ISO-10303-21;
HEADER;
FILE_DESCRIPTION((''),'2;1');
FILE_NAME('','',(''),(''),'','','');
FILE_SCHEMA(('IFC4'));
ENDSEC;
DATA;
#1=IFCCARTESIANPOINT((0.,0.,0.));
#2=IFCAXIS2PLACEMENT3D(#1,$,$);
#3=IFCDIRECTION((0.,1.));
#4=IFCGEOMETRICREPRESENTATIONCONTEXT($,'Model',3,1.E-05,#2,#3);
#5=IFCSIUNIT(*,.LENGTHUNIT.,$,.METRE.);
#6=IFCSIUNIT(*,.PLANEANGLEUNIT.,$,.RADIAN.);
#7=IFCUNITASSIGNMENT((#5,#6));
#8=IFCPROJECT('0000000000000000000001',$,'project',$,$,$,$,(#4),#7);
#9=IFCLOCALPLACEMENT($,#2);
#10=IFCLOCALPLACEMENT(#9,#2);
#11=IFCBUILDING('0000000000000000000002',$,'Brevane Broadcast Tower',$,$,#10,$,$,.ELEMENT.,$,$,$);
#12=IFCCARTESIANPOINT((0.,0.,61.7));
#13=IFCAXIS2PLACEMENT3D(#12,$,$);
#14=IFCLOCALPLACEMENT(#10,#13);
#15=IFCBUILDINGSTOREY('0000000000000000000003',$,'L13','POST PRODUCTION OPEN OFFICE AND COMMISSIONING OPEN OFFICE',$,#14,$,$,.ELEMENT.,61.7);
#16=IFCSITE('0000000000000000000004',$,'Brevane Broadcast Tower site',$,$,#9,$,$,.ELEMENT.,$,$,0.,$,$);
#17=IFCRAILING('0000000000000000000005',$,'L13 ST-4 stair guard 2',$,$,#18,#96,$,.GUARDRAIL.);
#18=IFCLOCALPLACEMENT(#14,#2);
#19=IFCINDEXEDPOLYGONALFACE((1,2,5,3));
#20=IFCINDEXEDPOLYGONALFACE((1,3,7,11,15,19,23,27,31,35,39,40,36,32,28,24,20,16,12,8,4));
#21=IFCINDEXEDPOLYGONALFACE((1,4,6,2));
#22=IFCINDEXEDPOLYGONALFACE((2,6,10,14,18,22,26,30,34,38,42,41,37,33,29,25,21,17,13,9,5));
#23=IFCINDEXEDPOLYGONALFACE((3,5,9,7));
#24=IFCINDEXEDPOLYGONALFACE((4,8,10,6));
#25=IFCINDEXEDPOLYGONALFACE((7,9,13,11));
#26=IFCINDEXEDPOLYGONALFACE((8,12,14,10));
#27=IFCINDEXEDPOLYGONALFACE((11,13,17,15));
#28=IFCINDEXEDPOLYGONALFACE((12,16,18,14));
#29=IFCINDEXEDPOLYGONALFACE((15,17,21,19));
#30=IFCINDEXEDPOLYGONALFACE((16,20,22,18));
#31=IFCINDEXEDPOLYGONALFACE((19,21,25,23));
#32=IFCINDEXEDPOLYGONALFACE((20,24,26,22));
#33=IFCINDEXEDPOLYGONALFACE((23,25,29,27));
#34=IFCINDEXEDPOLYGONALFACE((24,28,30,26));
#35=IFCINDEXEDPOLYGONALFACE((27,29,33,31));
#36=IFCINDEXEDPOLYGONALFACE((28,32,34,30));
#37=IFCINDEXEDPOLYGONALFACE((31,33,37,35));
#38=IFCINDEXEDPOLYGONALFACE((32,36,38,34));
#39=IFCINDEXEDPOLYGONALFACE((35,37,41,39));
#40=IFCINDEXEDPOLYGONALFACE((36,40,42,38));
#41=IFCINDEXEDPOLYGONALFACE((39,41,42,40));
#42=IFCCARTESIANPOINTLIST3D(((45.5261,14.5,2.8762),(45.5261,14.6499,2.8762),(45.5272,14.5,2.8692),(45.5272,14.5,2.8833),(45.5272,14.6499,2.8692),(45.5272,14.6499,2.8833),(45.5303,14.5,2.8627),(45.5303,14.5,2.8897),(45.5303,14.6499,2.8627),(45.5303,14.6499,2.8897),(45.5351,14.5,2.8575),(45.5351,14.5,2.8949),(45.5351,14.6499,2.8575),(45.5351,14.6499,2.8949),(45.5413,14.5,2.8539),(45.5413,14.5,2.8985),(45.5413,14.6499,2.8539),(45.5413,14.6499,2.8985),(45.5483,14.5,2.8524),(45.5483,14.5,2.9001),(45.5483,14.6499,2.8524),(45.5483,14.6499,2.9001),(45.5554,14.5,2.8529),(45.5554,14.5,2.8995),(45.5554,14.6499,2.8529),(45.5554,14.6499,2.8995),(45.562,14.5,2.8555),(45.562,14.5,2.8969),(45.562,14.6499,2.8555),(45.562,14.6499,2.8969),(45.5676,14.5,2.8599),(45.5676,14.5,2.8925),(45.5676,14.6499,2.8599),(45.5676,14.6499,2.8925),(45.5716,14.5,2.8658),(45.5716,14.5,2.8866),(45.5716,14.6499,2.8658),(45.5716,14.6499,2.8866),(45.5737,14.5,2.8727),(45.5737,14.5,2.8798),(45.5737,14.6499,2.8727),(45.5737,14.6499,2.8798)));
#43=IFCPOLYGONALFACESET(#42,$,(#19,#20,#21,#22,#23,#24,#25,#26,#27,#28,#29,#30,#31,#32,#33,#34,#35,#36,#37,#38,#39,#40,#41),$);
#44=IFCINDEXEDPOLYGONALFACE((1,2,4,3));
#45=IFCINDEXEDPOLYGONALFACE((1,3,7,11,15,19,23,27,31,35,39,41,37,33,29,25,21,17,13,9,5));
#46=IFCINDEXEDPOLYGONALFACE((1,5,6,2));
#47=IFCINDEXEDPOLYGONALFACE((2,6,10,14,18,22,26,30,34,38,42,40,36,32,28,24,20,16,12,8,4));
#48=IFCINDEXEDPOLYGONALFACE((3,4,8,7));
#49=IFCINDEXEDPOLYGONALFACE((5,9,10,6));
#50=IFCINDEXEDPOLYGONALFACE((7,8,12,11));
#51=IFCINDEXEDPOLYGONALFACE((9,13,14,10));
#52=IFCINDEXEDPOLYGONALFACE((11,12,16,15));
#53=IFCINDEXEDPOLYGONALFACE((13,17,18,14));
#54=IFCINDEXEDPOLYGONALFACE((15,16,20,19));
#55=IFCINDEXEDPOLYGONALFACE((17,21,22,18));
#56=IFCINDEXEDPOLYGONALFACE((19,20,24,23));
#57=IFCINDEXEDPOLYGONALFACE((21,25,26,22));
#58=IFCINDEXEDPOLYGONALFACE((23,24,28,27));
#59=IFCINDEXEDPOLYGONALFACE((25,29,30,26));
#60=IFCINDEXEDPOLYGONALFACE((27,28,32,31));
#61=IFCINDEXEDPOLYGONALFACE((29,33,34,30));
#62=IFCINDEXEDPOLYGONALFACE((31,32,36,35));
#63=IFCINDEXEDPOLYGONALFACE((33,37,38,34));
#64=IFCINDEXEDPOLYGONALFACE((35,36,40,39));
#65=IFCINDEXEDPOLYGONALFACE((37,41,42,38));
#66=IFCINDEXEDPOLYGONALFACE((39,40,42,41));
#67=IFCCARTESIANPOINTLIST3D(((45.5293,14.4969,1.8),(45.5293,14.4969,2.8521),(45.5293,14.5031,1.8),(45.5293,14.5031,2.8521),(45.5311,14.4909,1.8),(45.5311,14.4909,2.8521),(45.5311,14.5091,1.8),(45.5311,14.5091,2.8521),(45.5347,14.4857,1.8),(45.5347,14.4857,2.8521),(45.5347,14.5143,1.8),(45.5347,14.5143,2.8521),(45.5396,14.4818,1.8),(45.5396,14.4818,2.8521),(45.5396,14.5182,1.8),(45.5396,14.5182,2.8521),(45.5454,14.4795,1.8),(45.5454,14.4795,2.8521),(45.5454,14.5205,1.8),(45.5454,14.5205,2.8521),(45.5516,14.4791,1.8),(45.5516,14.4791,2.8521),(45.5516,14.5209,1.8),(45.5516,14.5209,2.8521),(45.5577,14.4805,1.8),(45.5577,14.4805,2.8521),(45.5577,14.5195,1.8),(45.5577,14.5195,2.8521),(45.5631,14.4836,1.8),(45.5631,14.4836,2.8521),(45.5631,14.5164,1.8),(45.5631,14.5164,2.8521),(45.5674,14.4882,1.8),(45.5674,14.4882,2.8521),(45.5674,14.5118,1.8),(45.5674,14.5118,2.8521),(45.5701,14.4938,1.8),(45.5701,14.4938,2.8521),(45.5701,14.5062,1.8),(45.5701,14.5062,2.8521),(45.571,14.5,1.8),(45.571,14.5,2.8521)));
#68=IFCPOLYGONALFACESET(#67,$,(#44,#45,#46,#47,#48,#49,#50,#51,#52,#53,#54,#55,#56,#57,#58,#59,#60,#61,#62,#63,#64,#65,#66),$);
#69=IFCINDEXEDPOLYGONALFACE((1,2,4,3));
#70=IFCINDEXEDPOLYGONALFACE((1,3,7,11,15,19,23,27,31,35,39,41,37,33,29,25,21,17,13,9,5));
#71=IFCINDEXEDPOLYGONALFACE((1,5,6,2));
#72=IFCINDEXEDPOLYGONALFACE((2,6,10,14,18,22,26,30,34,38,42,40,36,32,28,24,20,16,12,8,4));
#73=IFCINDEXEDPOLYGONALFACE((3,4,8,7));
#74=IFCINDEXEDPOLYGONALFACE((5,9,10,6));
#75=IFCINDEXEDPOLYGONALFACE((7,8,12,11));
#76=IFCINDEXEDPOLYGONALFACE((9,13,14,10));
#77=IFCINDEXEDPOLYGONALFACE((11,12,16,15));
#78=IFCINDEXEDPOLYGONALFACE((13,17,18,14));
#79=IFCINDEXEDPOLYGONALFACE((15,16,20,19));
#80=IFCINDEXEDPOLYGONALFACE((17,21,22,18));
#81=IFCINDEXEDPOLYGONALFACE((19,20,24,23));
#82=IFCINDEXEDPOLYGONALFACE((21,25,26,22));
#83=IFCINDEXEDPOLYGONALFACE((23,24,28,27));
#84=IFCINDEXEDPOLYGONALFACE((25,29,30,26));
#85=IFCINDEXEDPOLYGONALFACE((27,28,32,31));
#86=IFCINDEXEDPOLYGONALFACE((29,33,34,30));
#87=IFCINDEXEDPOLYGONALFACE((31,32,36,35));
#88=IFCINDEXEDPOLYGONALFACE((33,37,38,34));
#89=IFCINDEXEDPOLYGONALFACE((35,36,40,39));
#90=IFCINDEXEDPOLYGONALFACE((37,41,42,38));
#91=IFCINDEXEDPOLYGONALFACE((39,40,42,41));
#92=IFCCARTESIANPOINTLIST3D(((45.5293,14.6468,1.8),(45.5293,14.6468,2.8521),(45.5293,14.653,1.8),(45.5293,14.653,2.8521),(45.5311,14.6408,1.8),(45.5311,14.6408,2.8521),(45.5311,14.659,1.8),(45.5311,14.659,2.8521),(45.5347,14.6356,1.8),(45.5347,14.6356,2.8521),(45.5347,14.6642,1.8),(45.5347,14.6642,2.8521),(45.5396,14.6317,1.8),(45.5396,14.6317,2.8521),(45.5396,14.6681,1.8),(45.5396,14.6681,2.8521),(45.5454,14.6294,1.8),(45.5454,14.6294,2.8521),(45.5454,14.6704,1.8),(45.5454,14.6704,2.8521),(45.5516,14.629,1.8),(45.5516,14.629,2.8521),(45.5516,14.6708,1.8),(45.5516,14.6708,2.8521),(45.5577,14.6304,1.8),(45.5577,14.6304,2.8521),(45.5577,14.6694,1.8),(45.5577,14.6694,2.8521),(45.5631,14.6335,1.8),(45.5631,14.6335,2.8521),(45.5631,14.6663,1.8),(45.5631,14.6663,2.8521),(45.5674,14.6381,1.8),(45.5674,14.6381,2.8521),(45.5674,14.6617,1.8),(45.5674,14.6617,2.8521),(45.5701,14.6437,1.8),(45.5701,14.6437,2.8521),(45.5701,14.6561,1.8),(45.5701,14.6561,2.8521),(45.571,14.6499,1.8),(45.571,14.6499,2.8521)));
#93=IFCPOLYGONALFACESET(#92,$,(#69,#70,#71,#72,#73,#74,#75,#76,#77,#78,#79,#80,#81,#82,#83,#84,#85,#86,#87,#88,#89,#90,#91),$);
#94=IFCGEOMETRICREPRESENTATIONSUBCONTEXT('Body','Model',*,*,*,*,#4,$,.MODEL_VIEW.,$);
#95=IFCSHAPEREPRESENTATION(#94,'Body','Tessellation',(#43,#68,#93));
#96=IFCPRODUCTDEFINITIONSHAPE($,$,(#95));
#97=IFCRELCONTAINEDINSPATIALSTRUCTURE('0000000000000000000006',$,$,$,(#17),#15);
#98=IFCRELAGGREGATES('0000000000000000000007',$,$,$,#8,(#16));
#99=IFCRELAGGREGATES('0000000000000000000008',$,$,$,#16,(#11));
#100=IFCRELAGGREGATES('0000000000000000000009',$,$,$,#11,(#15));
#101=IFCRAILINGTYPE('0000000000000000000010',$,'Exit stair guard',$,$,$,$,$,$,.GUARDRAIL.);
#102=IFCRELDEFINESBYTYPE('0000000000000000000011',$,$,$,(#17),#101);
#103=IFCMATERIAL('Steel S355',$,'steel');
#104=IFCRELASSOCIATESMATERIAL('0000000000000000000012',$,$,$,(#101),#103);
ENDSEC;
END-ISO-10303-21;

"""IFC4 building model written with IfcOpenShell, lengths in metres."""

from ifc_helpers import new_model, si_unit, direction, frame, origin, origin_2d, place, context, subcontext, project, spatial, circle, extrude, material, type_object, element, save


model = new_model("IFC4")

# Units and contexts
model_context = context("Model", 3, precision=1e-05, world=origin(), true_north=direction((0.0, 1.0)))
body_context = subcontext(model_context, "Body", "Model", "MODEL_VIEW")
ifc_project = project(units=[si_unit("LENGTHUNIT", "METRE"), si_unit("PLANEANGLEUNIT", "RADIAN")], contexts=[model_context])

# Site, building, storey
site_placement = place(None, origin())
site = spatial("IfcSite", under=ifc_project, at=site_placement, Name="Brevane Broadcast Tower site", CompositionType="ELEMENT", RefElevation=0.0)
building_placement = place(site_placement, origin())
building = spatial("IfcBuilding", under=site, at=building_placement, Name="Brevane Broadcast Tower", CompositionType="ELEMENT")
storey_placement = place(building_placement, frame((0.0, 0.0, 61.7)))
storey = spatial("IfcBuildingStorey", under=building, at=storey_placement, Name="L13", Description="POST PRODUCTION OPEN OFFICE AND COMMISSIONING OPEN OFFICE", CompositionType="ELEMENT", Elevation=61.7)

# Railing
ifc_material_1 = material(Name="Steel S355", Category="steel")
railing_type_1 = type_object("IfcRailingType", Name="Exit stair guard", PredefinedType="GUARDRAIL", material=ifc_material_1)
railing_1_placement = place(storey_placement, frame((45.55, 14.5, 1.8)))
element("IfcRailing", 1, at=railing_1_placement, inside=storey, type_object=railing_type_1, Name="L13 ST-4 stair guard 2", PredefinedType="GUARDRAIL", context=body_context, shape_type="SweptSolid", body=[
    extrude(circle(Radius=0.0239, at=origin_2d()), frame((0.0, 0.0, 1.0762), z_axis=(0.0, 1.0, 0.0), x_axis=(-1.0, 0.0, 0.0)), (0.0, 0.0, 1.0), 0.1499),
    extrude(circle(Radius=0.021, at=origin_2d()), origin(), (0.0, 0.0, 1.0), 1.052),
    extrude(circle(Radius=0.021, at=origin_2d()), frame((0.0, 0.1499, 0.0)), (0.0, 0.0, 1.0), 1.052),
])

save(model, "model.ifc")
